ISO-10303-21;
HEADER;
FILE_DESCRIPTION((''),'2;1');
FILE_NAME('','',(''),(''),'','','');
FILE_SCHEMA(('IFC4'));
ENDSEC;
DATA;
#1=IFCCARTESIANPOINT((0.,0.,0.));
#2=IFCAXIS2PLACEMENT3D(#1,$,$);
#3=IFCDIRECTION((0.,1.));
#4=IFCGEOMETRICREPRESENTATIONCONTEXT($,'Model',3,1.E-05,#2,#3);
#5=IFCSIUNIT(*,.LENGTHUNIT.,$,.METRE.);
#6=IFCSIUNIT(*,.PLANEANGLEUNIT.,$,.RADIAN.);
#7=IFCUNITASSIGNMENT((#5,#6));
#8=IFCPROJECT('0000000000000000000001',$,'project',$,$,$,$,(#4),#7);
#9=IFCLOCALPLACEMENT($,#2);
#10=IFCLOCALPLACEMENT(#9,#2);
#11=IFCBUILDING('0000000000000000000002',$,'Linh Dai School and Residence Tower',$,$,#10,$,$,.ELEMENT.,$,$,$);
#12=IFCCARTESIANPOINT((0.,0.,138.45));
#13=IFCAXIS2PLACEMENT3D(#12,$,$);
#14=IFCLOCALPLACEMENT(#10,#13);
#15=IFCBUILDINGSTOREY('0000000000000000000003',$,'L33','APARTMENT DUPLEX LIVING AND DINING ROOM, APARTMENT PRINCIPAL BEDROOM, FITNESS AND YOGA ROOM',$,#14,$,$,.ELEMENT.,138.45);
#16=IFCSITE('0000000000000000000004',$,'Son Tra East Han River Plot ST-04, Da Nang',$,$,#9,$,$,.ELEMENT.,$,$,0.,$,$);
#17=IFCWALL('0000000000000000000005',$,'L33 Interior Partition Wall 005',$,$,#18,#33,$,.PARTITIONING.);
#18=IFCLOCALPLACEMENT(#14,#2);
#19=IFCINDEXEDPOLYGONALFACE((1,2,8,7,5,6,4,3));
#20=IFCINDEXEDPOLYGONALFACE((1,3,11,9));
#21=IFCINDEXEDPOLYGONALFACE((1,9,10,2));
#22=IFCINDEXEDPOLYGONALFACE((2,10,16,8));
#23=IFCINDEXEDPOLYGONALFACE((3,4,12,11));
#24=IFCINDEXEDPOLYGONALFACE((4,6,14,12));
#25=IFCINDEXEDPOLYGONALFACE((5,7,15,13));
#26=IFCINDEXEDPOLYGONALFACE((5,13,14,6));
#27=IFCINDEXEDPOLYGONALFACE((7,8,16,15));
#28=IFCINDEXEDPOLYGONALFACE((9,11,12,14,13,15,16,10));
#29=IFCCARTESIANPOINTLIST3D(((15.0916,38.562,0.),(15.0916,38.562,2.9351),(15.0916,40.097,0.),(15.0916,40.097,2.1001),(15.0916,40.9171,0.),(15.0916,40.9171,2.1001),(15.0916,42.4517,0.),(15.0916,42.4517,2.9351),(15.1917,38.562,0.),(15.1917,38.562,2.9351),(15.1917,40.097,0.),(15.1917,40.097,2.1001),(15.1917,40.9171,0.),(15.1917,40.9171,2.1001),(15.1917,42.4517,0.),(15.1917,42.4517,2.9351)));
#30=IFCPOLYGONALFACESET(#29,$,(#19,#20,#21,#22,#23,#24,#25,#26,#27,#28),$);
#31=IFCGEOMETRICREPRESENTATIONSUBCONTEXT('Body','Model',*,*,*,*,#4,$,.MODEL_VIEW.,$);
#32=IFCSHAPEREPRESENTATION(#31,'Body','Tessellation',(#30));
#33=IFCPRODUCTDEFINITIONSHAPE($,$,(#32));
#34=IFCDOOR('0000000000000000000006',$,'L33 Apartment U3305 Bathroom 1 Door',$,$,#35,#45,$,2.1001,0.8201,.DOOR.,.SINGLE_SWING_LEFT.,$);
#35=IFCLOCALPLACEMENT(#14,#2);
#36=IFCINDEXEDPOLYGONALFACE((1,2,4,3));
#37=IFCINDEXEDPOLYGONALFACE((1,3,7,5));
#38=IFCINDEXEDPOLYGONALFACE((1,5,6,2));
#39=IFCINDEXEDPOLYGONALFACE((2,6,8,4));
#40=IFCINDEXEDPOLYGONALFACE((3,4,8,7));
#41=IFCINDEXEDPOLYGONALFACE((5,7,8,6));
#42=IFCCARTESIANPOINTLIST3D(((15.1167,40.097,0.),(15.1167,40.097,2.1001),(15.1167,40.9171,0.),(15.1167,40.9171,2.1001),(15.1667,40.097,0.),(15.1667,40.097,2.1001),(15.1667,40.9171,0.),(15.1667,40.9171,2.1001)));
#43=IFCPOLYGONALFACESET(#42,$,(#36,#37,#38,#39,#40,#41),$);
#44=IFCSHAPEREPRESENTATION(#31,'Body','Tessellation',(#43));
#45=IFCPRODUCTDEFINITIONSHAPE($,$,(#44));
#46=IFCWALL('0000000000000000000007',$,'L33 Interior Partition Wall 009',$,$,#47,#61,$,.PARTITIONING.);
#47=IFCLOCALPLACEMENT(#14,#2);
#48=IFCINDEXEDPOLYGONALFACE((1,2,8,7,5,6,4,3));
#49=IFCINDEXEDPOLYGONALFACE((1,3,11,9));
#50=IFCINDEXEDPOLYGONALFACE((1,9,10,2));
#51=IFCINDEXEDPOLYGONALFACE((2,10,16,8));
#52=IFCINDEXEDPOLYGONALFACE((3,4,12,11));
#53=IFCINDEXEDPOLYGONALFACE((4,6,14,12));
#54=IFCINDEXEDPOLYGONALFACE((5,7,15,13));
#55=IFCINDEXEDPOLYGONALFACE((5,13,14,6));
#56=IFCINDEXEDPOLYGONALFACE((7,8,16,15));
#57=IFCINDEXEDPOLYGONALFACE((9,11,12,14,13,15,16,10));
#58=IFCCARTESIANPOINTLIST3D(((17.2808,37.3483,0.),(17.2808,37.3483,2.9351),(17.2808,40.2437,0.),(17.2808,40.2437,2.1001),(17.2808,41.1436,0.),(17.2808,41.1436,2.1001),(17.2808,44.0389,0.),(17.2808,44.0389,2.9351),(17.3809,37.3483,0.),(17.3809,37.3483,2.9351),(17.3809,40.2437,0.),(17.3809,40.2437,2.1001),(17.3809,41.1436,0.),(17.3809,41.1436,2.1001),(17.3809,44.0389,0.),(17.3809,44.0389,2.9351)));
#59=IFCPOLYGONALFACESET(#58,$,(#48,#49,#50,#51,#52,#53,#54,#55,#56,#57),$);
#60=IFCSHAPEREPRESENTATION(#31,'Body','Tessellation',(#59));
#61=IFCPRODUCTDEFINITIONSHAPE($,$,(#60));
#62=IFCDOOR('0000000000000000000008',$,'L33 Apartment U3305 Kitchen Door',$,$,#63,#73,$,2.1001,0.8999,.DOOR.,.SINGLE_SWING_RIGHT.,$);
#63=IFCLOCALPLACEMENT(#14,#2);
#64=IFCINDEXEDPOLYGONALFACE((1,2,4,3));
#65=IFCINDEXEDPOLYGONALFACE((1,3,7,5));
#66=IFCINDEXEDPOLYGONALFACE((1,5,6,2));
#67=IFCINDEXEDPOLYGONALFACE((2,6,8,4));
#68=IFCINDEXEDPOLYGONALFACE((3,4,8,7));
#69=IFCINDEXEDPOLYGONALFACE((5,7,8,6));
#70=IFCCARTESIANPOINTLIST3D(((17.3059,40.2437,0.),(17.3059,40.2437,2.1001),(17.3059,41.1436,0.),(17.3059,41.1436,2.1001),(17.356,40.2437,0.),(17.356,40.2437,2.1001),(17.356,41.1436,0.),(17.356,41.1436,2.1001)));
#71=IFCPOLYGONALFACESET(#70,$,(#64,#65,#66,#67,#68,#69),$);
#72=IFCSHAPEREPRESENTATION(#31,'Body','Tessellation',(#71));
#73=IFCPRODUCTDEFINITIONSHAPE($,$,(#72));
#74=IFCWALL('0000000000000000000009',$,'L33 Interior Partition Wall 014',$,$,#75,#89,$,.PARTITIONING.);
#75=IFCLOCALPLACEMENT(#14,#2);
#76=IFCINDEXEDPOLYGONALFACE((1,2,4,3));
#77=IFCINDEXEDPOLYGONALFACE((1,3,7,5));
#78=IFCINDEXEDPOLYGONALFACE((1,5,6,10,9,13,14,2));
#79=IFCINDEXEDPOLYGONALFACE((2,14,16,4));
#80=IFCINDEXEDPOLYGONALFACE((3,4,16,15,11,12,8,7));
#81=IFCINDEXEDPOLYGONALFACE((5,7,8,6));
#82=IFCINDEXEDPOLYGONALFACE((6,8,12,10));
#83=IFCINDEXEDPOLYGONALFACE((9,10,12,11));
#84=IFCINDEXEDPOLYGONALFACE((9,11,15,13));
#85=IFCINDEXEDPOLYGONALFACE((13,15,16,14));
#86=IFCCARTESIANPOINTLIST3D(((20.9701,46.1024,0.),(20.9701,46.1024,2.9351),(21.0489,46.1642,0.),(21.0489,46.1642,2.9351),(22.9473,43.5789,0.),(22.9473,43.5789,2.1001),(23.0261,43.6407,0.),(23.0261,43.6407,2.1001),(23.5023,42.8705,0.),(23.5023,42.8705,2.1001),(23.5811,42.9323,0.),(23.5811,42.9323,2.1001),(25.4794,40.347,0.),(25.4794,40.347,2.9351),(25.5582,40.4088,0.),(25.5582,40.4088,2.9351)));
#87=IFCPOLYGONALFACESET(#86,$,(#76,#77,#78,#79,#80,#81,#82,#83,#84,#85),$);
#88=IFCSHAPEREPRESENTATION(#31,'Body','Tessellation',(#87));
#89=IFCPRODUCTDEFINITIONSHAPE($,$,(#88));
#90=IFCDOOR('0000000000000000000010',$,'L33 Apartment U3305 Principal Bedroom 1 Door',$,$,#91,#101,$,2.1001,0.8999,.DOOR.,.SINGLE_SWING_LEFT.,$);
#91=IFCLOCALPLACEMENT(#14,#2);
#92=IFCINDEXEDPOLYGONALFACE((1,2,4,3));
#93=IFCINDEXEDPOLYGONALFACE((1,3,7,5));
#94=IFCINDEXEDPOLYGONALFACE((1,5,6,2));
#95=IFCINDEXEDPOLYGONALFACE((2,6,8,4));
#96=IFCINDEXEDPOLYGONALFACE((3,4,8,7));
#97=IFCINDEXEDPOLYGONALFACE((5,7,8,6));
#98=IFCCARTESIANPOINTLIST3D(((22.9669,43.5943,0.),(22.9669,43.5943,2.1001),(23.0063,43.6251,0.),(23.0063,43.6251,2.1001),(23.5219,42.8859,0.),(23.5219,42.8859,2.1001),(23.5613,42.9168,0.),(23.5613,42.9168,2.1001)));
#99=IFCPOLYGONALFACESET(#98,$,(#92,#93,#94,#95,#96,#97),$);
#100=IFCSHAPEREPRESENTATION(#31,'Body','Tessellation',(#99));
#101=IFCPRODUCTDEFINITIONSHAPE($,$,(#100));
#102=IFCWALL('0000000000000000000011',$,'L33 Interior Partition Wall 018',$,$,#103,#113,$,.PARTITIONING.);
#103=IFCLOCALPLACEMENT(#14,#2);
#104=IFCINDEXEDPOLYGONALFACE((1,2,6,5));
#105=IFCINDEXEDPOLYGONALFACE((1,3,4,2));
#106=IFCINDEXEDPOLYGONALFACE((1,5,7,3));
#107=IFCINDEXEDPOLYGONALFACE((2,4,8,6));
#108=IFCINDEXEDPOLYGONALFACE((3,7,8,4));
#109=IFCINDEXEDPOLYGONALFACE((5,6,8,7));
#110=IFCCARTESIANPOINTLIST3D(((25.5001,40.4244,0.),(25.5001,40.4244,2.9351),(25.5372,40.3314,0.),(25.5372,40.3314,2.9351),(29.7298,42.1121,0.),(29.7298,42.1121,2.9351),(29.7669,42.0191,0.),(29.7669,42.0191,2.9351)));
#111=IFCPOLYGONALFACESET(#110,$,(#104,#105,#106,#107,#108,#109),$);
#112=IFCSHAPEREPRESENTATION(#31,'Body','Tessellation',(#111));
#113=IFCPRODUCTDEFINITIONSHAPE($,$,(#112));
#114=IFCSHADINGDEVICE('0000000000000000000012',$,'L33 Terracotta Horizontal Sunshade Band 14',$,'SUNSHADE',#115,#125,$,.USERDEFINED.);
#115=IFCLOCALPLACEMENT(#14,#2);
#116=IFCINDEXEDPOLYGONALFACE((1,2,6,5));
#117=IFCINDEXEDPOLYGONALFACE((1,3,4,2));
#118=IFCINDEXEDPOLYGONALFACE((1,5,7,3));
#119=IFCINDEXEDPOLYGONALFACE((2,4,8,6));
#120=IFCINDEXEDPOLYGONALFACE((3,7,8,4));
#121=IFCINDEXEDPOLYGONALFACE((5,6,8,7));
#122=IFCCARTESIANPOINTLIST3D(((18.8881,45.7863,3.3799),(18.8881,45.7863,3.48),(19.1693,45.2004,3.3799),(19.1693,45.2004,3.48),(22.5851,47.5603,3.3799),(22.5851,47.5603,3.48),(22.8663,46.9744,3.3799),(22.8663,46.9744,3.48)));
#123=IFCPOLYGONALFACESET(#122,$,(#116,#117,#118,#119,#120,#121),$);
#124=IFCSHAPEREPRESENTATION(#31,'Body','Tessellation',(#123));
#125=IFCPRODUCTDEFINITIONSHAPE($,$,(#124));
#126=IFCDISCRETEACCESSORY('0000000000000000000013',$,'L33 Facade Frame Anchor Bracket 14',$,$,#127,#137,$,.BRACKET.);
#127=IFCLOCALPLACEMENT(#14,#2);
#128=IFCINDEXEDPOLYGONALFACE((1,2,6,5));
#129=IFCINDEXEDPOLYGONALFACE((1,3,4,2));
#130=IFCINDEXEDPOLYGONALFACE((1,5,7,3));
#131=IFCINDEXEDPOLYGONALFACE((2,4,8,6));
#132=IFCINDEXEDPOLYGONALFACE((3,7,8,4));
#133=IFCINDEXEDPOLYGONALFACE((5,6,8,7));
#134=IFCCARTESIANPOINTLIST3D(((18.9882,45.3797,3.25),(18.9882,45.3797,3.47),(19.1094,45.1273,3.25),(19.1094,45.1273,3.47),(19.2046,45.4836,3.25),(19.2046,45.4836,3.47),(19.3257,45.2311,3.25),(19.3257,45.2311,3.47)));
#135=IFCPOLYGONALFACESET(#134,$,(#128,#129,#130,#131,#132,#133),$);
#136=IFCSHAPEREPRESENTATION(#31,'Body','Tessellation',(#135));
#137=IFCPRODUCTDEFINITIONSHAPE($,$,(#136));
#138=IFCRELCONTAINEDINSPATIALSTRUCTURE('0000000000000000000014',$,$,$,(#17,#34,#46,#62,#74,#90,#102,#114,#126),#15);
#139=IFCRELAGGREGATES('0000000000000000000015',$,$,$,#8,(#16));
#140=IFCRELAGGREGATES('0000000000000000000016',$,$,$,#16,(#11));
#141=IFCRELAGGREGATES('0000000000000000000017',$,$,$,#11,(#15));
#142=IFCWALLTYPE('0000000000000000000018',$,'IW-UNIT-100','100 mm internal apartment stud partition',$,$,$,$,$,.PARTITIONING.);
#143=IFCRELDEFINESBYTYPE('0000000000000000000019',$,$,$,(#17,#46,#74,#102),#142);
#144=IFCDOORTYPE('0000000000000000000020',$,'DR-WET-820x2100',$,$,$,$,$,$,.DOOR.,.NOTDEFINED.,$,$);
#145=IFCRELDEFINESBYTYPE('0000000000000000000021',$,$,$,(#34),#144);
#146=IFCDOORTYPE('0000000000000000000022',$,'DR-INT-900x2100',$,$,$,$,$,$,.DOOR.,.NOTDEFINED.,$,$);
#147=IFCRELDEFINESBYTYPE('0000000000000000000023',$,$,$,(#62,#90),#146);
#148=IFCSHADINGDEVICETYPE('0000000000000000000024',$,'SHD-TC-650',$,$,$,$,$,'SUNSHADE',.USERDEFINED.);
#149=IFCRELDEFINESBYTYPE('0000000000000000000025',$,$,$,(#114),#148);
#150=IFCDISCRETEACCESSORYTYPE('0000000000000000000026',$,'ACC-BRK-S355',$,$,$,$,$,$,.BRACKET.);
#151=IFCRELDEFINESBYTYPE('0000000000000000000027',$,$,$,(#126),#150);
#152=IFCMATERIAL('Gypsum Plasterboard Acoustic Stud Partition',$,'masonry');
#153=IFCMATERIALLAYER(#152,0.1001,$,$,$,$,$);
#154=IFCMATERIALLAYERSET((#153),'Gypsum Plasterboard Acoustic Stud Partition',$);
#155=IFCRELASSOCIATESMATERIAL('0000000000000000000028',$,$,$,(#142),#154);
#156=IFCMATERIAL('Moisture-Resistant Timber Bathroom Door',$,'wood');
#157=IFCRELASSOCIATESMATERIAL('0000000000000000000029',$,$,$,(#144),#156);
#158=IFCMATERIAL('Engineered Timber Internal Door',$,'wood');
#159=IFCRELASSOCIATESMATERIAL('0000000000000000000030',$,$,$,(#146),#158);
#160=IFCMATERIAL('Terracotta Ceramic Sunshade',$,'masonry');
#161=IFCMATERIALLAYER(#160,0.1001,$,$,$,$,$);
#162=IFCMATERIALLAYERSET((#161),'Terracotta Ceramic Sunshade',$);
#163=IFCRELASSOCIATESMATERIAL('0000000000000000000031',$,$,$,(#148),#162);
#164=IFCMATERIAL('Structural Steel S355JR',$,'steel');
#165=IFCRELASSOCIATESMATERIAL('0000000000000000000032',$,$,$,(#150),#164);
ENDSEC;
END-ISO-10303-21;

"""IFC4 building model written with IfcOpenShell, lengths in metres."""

from ifc_helpers import new_model, si_unit, direction, frame, frame_2d, origin, origin_2d, place, context, subcontext, project, spatial, rectangle, extrude, source, transform, mapped, material, layer, layer_set, type_object, element, fill, save


model = new_model("IFC4")

# Units and contexts
model_context = context("Model", 3, precision=1e-05, world=origin(), true_north=direction((0.0, 1.0)))
body_context = subcontext(model_context, "Body", "Model", "MODEL_VIEW")
ifc_project = project(units=[si_unit("LENGTHUNIT", "METRE"), si_unit("PLANEANGLEUNIT", "RADIAN")], contexts=[model_context])

# Site, building, storey
site_placement = place(None, origin())
site = spatial("IfcSite", under=ifc_project, at=site_placement, Name="Son Tra East Han River Plot ST-04, Da Nang", CompositionType="ELEMENT", RefElevation=0.0)
building_placement = place(site_placement, origin())
building = spatial("IfcBuilding", under=site, at=building_placement, Name="Linh Dai School and Residence Tower", CompositionType="ELEMENT")
storey_placement = place(building_placement, frame((0.0, 0.0, 138.45)))
storey = spatial("IfcBuildingStorey", under=building, at=storey_placement, Name="L33", Description="APARTMENT DUPLEX LIVING AND DINING ROOM, APARTMENT PRINCIPAL BEDROOM, FITNESS AND YOGA ROOM", CompositionType="ELEMENT", Elevation=138.45)

# Shared definitions
ifc_material_1 = material(Name="Structural Steel S355JR", Category="steel")

# Walls, openings, doors
ifc_material_2 = material(Name="Gypsum Plasterboard Acoustic Stud Partition", Category="masonry")
ifc_layer_1 = layer(ifc_material_2, 0.1001)
ifc_layer_set_1 = layer_set([ifc_layer_1], Name="Gypsum Plasterboard Acoustic Stud Partition")
wall_type_1 = type_object("IfcWallType", Name="IW-UNIT-100", Description="100 mm internal apartment stud partition", PredefinedType="PARTITIONING", material=ifc_layer_set_1)
wall_1_placement = place(storey_placement, frame((15.1416, 38.562, 0.0), z_axis=(0.0, 0.0, 1.0), x_axis=(0.0, 1.0, 0.0)))
wall_1 = element("IfcWall", 1, at=wall_1_placement, inside=storey, type_object=wall_type_1, Name="L33 Interior Partition Wall 005", PredefinedType="PARTITIONING", context=body_context, shape_type="SweptSolid", body=[
    extrude(rectangle(XDim=3.8896, YDim=0.1001, at=frame_2d((1.9448, 0.0))), origin(), (0.0, 0.0, 1.0), 2.9351),
])
opening_1_placement = place(wall_1_placement, frame((1.5349, 0.0, 0.0)))
opening_1 = element("IfcOpeningElement", 2, at=opening_1_placement, cuts=wall_1, PredefinedType="OPENING", context=body_context, shape_type="SweptSolid", body=[
    extrude(rectangle(XDim=0.8201, YDim=2.1001, at=origin_2d()), frame((0.4102, 0.0601, 1.05), z_axis=(0.0, -1.0, 0.0), x_axis=(1.0, 0.0, 0.0)), (0.0, 0.0, 1.0), 0.1201),
])
ifc_material_3 = material(Name="Moisture-Resistant Timber Bathroom Door", Category="wood")
door_type_1 = type_object("IfcDoorType", Name="DR-WET-820x2100", OperationType="NOTDEFINED", PredefinedType="DOOR", material=ifc_material_3)
shared_shape_1 = source(origin(), body_context, "Body", "SweptSolid", [
    extrude(rectangle(XDim=0.8201, YDim=2.1001, at=origin_2d()), frame((0.4102, 0.0249, 1.05), z_axis=(0.0, -1.0, 0.0), x_axis=(1.0, 0.0, 0.0)), (0.0, 0.0, 1.0), 0.05),
])
door_1_placement = place(opening_1_placement, origin())
door_1 = element("IfcDoor", 3, at=door_1_placement, inside=storey, type_object=door_type_1, Name="L33 Apartment U3305 Bathroom 1 Door", OperationType="SINGLE_SWING_LEFT", OverallHeight=2.1001, OverallWidth=0.8201, PredefinedType="DOOR", context=body_context, shape_type="MappedRepresentation", body=[
    mapped(shared_shape_1, transform((0.0, 0.0, 0.0), x_axis=(1.0, 0.0, 0.0), y_axis=(0.0, 1.0, 0.0), z_axis=(0.0, 0.0, 1.0), scale=1.0)),
])
fill(opening_1, door_1)
wall_2_placement = place(storey_placement, frame((17.3308, 37.3484, 0.0), z_axis=(0.0, 0.0, 1.0), x_axis=(0.0, 1.0, 0.0)))
wall_2 = element("IfcWall", 4, at=wall_2_placement, inside=storey, type_object=wall_type_1, Name="L33 Interior Partition Wall 009", PredefinedType="PARTITIONING", context=body_context, shape_type="SweptSolid", body=[
    extrude(rectangle(XDim=6.6907, YDim=0.1001, at=frame_2d((3.3452, 0.0))), origin(), (0.0, 0.0, 1.0), 2.9351),
])
opening_2_placement = place(wall_2_placement, frame((2.8953, 0.0, 0.0)))
opening_2 = element("IfcOpeningElement", 5, at=opening_2_placement, cuts=wall_2, PredefinedType="OPENING", context=body_context, shape_type="SweptSolid", body=[
    extrude(rectangle(XDim=0.8999, YDim=2.1001, at=origin_2d()), frame((0.45, 0.0601, 1.05), z_axis=(0.0, -1.0, 0.0), x_axis=(1.0, 0.0, 0.0)), (0.0, 0.0, 1.0), 0.1201),
])
ifc_material_4 = material(Name="Engineered Timber Internal Door", Category="wood")
door_type_2 = type_object("IfcDoorType", Name="DR-INT-900x2100", OperationType="NOTDEFINED", PredefinedType="DOOR", material=ifc_material_4)
shared_shape_2 = source(origin(), body_context, "Body", "SweptSolid", [
    extrude(rectangle(XDim=0.8999, YDim=2.1001, at=origin_2d()), frame((0.45, 0.0249, 1.05), z_axis=(0.0, -1.0, 0.0), x_axis=(1.0, 0.0, 0.0)), (0.0, 0.0, 1.0), 0.05),
])
door_2_placement = place(opening_2_placement, origin())
door_2 = element("IfcDoor", 6, at=door_2_placement, inside=storey, type_object=door_type_2, Name="L33 Apartment U3305 Kitchen Door", OperationType="SINGLE_SWING_RIGHT", OverallHeight=2.1001, OverallWidth=0.8999, PredefinedType="DOOR", context=body_context, shape_type="MappedRepresentation", body=[
    mapped(shared_shape_2, transform((0.0, 0.0, 0.0), x_axis=(1.0, 0.0, 0.0), y_axis=(0.0, 1.0, 0.0), z_axis=(0.0, 0.0, 1.0), scale=1.0)),
])
fill(opening_2, door_2)
wall_3_placement = place(storey_placement, frame((21.0095, 46.1333, 0.0), z_axis=(0.0, 0.0, 1.0), x_axis=(0.616739, -0.787168, 0.0)))
wall_3 = element("IfcWall", 7, at=wall_3_placement, inside=storey, type_object=wall_type_1, Name="L33 Interior Partition Wall 014", PredefinedType="PARTITIONING", context=body_context, shape_type="SweptSolid", body=[
    extrude(rectangle(XDim=7.3115, YDim=0.1001, at=frame_2d((3.6558, 0.0))), origin(), (0.0, 0.0, 1.0), 2.9351),
])
opening_3_placement = place(wall_3_placement, frame((3.2058, 0.0, 0.0)))
opening_3 = element("IfcOpeningElement", 8, at=opening_3_placement, cuts=wall_3, PredefinedType="OPENING", context=body_context, shape_type="SweptSolid", body=[
    extrude(rectangle(XDim=0.8999, YDim=2.1001, at=origin_2d()), frame((0.45, 0.0601, 1.05), z_axis=(0.0, -1.0, 0.0), x_axis=(1.0, 0.0, 0.0)), (0.0, 0.0, 1.0), 0.1201),
])
door_3_placement = place(opening_3_placement, origin())
door_3 = element("IfcDoor", 9, at=door_3_placement, inside=storey, type_object=door_type_2, Name="L33 Apartment U3305 Principal Bedroom 1 Door", OperationType="SINGLE_SWING_LEFT", OverallHeight=2.1001, OverallWidth=0.8999, PredefinedType="DOOR", context=body_context, shape_type="MappedRepresentation", body=[
    mapped(shared_shape_2, transform((0.0, 0.0, 0.0), x_axis=(1.0, 0.0, 0.0), y_axis=(0.0, 1.0, 0.0), z_axis=(0.0, 0.0, 1.0), scale=1.0)),
])
fill(opening_3, door_3)

# Wall
wall_4_placement = place(storey_placement, frame((25.5188, 40.3779, 0.0), z_axis=(0.0, 0.0, 1.0), x_axis=(0.928791, 0.370605, 0.0)))
element("IfcWall", 10, at=wall_4_placement, inside=storey, type_object=wall_type_1, Name="L33 Interior Partition Wall 018", PredefinedType="PARTITIONING", context=body_context, shape_type="SweptSolid", body=[
    extrude(rectangle(XDim=4.554, YDim=0.1001, at=frame_2d((2.2769, 0.0))), origin(), (0.0, 0.0, 1.0), 2.9351),
])

# Shading device
ifc_material_5 = material(Name="Terracotta Ceramic Sunshade", Category="masonry")
ifc_layer_2 = layer(ifc_material_5, 0.1001)
ifc_layer_set_2 = layer_set([ifc_layer_2], Name="Terracotta Ceramic Sunshade")
shading_device_type = type_object("IfcShadingDeviceType", Name="SHD-TC-650", ElementType="SUNSHADE", PredefinedType="USERDEFINED", material=ifc_layer_set_2)
shared_shape_3 = source(origin(), body_context, "Body", "SweptSolid", [
    extrude(rectangle(XDim=4.1006, YDim=0.6499, at=origin_2d()), origin(), (0.0, 0.0, 1.0), 0.1001),
])
shading_device_placement = place(storey_placement, frame((20.8772, 46.3804, 3.3799), z_axis=(0.0, 0.0, 1.0), x_axis=(0.901578, 0.432618, 0.0)))
element("IfcShadingDevice", 11, at=shading_device_placement, inside=storey, type_object=shading_device_type, Name="L33 Terracotta Horizontal Sunshade Band 14", ObjectType="SUNSHADE", PredefinedType="USERDEFINED", context=body_context, shape_type="MappedRepresentation", body=[
    mapped(shared_shape_3, transform((0.0, 0.0, 0.0), x_axis=(1.0, 0.0, 0.0), y_axis=(0.0, 1.0, 0.0), z_axis=(0.0, 0.0, 1.0), scale=1.0)),
])

# Discrete accessory
discrete_accessory_type = type_object("IfcDiscreteAccessoryType", Name="ACC-BRK-S355", PredefinedType="BRACKET", material=ifc_material_1)
shared_shape_4 = source(origin(), body_context, "Body", "SweptSolid", [
    extrude(rectangle(XDim=0.28, YDim=0.24, at=origin_2d()), origin(), (0.0, 0.0, 1.0), 0.22),
])
discrete_accessory_placement = place(storey_placement, frame((19.157, 45.3054, 3.25), z_axis=(0.0, 0.0, 1.0), x_axis=(-0.432618, 0.901578, 0.0)))
element("IfcDiscreteAccessory", 12, at=discrete_accessory_placement, inside=storey, type_object=discrete_accessory_type, Name="L33 Facade Frame Anchor Bracket 14", PredefinedType="BRACKET", context=body_context, shape_type="MappedRepresentation", body=[
    mapped(shared_shape_4, transform((0.0, 0.0, 0.0), x_axis=(1.0, 0.0, 0.0), y_axis=(0.0, 1.0, 0.0), z_axis=(0.0, 0.0, 1.0), scale=1.0)),
])

save(model, "model.ifc")
